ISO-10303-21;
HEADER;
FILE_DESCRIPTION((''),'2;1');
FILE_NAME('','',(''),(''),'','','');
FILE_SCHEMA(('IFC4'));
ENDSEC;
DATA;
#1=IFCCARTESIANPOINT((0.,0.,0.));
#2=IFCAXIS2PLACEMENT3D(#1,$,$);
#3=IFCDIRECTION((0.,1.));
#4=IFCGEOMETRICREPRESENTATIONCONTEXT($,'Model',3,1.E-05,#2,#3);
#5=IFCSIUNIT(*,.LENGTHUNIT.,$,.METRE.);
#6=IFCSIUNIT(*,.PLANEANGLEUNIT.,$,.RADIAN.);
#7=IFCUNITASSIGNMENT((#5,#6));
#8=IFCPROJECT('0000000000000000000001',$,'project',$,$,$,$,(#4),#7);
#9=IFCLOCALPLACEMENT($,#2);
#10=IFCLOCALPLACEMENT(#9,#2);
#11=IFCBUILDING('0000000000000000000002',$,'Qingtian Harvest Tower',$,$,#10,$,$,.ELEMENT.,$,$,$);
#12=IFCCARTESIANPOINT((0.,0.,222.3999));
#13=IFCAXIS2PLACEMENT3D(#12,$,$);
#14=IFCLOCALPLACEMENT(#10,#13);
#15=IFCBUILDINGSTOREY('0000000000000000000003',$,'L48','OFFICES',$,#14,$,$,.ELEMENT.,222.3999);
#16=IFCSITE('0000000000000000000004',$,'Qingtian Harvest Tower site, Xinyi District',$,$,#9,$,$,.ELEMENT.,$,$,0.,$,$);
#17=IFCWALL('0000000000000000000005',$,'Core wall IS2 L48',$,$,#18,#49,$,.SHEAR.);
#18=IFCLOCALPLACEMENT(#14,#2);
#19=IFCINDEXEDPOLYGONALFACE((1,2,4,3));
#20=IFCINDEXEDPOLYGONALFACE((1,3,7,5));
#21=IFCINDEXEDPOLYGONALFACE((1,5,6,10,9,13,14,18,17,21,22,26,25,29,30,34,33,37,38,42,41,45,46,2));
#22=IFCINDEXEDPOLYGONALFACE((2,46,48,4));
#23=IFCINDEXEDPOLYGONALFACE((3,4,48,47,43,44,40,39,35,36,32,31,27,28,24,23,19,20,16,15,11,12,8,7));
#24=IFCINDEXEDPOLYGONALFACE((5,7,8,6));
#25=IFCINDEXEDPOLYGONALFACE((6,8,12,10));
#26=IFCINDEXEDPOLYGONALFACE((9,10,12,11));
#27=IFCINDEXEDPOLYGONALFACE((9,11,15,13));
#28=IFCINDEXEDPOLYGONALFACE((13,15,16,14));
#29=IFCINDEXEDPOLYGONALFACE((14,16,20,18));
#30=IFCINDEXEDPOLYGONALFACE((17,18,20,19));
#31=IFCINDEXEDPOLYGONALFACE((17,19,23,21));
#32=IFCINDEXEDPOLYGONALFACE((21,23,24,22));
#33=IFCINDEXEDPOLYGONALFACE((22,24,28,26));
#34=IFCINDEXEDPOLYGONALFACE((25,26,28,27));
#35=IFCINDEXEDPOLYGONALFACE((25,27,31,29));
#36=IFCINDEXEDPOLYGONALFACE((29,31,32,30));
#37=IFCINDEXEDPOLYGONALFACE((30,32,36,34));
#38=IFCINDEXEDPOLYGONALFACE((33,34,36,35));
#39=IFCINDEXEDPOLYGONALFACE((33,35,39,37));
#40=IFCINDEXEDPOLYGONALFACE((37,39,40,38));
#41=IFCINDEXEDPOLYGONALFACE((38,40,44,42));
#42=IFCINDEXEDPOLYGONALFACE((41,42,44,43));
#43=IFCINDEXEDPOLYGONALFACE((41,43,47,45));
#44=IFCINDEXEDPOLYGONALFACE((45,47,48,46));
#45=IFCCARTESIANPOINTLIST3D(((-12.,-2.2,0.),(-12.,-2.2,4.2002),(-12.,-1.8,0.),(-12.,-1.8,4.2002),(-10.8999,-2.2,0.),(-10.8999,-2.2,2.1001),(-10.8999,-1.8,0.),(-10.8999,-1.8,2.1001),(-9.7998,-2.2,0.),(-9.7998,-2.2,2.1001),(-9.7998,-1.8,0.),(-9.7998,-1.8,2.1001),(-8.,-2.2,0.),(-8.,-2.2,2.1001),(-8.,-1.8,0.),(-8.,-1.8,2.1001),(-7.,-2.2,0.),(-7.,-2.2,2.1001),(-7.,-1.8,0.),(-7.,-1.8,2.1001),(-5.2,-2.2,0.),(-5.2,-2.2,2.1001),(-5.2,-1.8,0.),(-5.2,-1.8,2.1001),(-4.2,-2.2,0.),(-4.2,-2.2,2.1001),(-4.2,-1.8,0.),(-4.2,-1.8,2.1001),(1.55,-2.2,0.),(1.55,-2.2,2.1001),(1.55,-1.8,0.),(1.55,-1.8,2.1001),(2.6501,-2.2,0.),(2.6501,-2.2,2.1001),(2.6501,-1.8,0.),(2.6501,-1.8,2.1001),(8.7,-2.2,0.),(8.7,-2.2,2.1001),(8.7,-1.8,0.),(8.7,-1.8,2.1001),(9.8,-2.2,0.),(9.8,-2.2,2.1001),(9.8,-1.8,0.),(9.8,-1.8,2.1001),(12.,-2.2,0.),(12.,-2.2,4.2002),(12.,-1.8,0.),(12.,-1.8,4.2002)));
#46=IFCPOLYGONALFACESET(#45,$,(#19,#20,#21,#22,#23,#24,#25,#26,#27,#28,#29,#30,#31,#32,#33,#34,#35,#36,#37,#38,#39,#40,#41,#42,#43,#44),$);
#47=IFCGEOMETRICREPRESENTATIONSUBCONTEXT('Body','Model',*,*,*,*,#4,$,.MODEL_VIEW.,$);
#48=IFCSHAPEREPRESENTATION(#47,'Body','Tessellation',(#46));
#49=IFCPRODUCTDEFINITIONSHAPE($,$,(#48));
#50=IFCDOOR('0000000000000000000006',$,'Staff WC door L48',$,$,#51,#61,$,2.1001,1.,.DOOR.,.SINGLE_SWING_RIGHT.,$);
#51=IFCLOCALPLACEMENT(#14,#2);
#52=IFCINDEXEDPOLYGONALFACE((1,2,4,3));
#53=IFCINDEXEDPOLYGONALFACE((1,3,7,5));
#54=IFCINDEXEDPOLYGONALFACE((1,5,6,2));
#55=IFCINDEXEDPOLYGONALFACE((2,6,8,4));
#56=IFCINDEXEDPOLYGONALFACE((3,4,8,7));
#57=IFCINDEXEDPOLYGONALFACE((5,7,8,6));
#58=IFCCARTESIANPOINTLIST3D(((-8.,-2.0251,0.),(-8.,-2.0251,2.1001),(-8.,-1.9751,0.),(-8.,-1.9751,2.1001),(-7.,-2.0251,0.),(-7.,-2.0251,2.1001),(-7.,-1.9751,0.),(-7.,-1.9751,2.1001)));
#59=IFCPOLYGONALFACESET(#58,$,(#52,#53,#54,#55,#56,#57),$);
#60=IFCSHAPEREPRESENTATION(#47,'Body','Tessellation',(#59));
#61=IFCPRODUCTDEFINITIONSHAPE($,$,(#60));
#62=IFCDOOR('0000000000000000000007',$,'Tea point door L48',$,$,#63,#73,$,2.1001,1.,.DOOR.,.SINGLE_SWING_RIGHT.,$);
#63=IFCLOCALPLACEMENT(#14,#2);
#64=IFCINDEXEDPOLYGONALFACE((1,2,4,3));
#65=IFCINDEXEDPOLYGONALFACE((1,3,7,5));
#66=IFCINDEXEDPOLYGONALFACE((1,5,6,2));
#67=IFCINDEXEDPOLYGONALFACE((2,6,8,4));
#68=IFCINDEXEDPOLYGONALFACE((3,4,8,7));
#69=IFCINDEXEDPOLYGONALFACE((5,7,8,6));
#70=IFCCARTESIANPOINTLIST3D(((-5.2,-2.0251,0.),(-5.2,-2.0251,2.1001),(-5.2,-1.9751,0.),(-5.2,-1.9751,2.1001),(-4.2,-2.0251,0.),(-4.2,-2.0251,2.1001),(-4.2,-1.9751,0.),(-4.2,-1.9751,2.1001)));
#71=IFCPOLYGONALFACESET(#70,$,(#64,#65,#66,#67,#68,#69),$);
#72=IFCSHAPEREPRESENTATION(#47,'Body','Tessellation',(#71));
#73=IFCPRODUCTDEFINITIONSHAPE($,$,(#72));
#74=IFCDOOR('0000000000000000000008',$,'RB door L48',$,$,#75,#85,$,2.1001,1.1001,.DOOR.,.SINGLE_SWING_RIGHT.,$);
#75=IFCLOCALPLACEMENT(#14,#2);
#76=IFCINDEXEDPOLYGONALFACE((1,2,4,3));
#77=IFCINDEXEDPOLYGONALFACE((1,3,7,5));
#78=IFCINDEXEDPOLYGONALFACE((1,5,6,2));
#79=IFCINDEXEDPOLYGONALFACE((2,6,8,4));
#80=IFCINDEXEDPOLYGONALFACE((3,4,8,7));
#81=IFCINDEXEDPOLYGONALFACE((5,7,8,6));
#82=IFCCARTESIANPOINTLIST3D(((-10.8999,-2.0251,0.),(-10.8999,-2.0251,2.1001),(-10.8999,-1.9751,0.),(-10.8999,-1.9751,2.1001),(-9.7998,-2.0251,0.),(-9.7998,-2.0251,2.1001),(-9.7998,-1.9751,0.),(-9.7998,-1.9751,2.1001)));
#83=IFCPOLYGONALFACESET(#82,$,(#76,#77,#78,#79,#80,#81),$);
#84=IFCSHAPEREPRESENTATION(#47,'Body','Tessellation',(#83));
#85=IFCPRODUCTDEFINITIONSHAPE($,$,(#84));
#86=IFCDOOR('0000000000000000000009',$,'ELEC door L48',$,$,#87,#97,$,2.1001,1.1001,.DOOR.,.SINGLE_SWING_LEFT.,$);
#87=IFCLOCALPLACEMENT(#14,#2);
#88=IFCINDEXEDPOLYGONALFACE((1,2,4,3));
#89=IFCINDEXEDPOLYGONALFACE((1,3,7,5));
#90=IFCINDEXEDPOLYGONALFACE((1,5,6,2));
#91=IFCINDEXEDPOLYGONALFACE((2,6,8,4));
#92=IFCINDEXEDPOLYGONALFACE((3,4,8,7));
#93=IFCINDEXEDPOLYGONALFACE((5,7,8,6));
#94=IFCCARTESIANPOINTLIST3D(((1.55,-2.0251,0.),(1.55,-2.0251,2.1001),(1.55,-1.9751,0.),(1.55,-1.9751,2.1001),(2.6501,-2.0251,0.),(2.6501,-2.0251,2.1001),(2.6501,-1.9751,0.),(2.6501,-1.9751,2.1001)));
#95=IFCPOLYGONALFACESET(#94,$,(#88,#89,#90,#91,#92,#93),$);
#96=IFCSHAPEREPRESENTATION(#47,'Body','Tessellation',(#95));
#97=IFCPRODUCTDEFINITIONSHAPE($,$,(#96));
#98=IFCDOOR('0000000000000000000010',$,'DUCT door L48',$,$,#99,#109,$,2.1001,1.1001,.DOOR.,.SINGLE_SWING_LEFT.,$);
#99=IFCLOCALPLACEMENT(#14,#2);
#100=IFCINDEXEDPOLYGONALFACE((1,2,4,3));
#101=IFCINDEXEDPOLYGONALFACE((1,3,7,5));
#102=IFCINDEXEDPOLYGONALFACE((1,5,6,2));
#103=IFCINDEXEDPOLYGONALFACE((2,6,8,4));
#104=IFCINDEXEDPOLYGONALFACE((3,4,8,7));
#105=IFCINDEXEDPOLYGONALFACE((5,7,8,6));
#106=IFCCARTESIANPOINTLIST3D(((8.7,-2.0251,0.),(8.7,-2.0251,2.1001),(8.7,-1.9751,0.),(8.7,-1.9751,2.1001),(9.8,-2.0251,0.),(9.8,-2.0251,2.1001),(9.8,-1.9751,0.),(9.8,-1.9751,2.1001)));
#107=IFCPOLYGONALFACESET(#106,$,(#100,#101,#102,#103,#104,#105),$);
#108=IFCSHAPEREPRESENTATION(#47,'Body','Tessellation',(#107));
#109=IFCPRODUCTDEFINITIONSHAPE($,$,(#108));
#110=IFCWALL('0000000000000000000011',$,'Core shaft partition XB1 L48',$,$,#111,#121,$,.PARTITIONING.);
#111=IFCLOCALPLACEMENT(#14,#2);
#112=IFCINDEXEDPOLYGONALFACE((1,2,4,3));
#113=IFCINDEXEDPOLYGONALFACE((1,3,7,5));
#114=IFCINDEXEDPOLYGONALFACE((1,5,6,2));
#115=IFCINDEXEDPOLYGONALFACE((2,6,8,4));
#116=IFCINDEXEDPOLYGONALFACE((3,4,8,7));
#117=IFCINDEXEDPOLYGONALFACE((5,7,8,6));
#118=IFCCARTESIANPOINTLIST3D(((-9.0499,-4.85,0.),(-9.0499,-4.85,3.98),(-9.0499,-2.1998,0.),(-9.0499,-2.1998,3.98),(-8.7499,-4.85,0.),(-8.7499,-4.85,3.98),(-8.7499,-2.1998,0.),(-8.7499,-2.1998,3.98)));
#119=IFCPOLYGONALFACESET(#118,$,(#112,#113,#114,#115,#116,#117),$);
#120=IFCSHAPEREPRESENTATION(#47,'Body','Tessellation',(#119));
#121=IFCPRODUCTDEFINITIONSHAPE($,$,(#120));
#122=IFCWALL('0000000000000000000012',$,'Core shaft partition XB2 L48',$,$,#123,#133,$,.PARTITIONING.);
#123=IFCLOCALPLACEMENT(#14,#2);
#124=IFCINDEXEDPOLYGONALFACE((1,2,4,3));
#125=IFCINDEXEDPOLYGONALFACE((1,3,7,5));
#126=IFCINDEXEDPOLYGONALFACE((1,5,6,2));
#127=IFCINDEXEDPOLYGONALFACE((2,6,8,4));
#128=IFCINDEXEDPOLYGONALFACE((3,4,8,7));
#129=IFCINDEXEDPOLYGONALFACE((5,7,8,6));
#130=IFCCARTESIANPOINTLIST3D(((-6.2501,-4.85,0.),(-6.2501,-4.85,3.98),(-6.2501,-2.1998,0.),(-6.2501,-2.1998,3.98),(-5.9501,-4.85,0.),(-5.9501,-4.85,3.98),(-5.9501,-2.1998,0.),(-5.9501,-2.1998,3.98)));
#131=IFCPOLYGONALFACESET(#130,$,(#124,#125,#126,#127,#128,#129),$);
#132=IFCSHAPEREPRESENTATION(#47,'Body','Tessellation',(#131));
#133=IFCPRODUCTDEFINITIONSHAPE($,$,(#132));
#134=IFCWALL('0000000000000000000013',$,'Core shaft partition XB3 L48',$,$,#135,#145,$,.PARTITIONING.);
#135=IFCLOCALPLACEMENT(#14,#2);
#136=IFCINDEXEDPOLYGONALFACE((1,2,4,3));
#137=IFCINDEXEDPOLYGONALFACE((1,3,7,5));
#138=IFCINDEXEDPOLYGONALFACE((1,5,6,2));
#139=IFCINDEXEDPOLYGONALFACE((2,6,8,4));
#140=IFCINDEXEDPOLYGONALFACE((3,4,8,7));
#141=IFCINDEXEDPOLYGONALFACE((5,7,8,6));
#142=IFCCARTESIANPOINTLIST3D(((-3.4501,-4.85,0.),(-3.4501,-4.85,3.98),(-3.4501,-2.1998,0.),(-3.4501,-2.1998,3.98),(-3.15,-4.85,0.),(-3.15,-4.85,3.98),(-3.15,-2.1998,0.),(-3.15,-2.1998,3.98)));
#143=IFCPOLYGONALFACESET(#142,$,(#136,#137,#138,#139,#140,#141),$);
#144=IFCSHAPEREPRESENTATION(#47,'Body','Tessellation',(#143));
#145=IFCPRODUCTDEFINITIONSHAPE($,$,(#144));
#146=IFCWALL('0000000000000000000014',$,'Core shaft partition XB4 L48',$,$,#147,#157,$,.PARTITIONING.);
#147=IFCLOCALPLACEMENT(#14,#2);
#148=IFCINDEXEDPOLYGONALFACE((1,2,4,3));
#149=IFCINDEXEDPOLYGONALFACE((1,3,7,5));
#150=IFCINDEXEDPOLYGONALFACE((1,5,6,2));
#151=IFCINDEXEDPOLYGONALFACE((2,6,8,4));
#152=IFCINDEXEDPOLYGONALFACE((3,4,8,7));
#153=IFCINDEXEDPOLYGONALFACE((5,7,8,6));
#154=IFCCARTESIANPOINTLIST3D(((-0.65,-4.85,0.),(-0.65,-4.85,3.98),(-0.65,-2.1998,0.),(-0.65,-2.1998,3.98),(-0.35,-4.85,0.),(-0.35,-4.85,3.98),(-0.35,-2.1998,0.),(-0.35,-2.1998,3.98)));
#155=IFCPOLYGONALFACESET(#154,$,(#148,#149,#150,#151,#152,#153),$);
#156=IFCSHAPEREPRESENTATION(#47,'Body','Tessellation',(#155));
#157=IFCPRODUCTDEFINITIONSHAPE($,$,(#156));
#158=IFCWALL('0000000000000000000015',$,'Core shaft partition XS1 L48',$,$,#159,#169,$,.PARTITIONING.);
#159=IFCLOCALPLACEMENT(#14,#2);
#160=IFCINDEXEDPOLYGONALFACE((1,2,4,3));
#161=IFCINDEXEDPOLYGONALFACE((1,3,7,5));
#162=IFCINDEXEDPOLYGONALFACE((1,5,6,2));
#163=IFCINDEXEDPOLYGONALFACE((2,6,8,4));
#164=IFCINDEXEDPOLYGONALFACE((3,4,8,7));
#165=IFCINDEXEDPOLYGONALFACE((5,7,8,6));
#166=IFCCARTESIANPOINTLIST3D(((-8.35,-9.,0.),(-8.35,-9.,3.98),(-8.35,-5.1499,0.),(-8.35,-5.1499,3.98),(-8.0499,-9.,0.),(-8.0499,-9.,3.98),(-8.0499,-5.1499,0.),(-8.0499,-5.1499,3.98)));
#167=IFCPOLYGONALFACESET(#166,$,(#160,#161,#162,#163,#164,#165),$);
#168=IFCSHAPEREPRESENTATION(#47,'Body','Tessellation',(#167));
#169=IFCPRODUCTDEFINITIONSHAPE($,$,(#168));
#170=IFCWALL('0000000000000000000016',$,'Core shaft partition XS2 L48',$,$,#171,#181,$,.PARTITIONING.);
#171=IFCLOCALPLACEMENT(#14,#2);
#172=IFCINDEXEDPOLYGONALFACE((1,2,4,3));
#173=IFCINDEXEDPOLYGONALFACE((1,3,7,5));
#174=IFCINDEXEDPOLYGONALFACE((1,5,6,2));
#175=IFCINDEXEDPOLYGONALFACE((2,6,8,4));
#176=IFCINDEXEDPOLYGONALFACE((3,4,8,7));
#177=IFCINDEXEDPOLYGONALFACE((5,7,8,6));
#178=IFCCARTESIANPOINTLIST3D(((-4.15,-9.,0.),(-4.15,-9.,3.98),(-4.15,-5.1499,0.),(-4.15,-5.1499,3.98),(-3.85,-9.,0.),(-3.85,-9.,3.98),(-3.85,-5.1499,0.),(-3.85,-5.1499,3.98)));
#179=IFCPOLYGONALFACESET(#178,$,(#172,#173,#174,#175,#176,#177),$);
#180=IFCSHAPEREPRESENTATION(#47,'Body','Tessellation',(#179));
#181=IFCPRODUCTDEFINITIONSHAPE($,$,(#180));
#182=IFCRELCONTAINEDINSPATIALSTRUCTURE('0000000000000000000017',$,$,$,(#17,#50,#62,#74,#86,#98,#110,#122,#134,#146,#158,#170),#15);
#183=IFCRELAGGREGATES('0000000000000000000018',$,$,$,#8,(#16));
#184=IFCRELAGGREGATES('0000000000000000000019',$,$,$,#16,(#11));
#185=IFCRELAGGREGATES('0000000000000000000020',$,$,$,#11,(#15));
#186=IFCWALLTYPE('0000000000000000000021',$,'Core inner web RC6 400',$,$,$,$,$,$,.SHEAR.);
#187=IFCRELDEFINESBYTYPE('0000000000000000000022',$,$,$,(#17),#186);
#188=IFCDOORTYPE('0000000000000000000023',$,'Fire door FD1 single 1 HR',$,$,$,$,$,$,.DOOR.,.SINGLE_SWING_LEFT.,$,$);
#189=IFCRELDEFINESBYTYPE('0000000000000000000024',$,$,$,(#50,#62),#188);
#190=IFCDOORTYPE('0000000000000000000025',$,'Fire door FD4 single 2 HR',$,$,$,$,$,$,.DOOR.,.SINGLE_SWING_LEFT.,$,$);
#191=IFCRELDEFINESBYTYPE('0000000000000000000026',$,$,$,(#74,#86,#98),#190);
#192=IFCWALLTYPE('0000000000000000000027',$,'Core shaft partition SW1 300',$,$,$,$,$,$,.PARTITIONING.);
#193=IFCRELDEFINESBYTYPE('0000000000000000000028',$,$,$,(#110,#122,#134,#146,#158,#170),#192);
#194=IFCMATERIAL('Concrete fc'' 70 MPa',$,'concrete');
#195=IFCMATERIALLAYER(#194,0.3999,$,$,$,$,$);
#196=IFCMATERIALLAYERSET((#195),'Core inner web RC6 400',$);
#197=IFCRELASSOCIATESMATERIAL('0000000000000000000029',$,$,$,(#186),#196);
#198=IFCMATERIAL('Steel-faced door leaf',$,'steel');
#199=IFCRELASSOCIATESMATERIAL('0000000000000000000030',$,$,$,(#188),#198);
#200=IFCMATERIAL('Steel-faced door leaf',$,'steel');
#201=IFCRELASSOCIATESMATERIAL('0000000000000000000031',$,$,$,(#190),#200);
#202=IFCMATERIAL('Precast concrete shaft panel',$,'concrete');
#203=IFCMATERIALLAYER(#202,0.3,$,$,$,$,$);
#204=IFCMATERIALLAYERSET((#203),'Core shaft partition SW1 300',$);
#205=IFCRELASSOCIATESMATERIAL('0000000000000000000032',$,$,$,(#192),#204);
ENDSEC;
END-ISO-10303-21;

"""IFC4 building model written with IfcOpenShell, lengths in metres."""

from ifc_helpers import new_model, si_unit, direction, frame, frame_2d, origin, place, context, subcontext, project, spatial, rectangle, extrude, material, layer, layer_set, type_object, element, fill, save


model = new_model("IFC4")

# Units and contexts
model_context = context("Model", 3, precision=1e-05, world=origin(), true_north=direction((0.0, 1.0)))
body_context = subcontext(model_context, "Body", "Model", "MODEL_VIEW")
ifc_project = project(units=[si_unit("LENGTHUNIT", "METRE"), si_unit("PLANEANGLEUNIT", "RADIAN")], contexts=[model_context])

# Site, building, storey
site_placement = place(None, origin())
site = spatial("IfcSite", under=ifc_project, at=site_placement, Name="Qingtian Harvest Tower site, Xinyi District", CompositionType="ELEMENT", RefElevation=0.0)
building_placement = place(site_placement, origin())
building = spatial("IfcBuilding", under=site, at=building_placement, Name="Qingtian Harvest Tower", CompositionType="ELEMENT")
storey_placement = place(building_placement, frame((0.0, 0.0, 222.3999)))
storey = spatial("IfcBuildingStorey", under=building, at=storey_placement, Name="L48", Description="OFFICES", CompositionType="ELEMENT", Elevation=222.3999)

# Wall, openings, doors
ifc_material_1 = material(Name="Concrete fc' 70 MPa", Category="concrete")
ifc_layer_1 = layer(ifc_material_1, 0.3999)
ifc_layer_set_1 = layer_set([ifc_layer_1], Name="Core inner web RC6 400")
wall_type_1 = type_object("IfcWallType", Name="Core inner web RC6 400", PredefinedType="SHEAR", material=ifc_layer_set_1)
wall_1_placement = place(storey_placement, frame((-12.0, -2.0, 0.0), z_axis=(0.0, 0.0, 1.0), x_axis=(1.0, 0.0, 0.0)))
wall_1 = element("IfcWall", 1, at=wall_1_placement, inside=storey, type_object=wall_type_1, Name="Core wall IS2 L48", PredefinedType="SHEAR", context=body_context, shape_type="SweptSolid", body=[
    extrude(rectangle(XDim=24.0, YDim=0.3999, at=frame_2d((12.0, 0.0))), origin(), (0.0, 0.0, 1.0), 4.2002),
])
opening_1_placement = place(wall_1_placement, frame((1.1001, 0.0, 0.0)))
opening_1 = element("IfcOpeningElement", 2, at=opening_1_placement, cuts=wall_1, PredefinedType="OPENING", context=body_context, shape_type="SweptSolid", body=[
    extrude(rectangle(XDim=1.1001, YDim=2.1001, at=frame_2d((0.55, 1.05))), frame((0.0, 0.21, 0.0), z_axis=(0.0, -1.0, 0.0), x_axis=(1.0, 0.0, 0.0)), (0.0, 0.0, 1.0), 0.4199),
])
opening_2_placement = place(wall_1_placement, frame((13.55, 0.0, 0.0)))
opening_2 = element("IfcOpeningElement", 3, at=opening_2_placement, cuts=wall_1, PredefinedType="OPENING", context=body_context, shape_type="SweptSolid", body=[
    extrude(rectangle(XDim=1.1001, YDim=2.1001, at=frame_2d((0.55, 1.05))), frame((0.0, 0.21, 0.0), z_axis=(0.0, -1.0, 0.0), x_axis=(1.0, 0.0, 0.0)), (0.0, 0.0, 1.0), 0.4199),
])
opening_3_placement = place(wall_1_placement, frame((20.7, 0.0, 0.0)))
opening_3 = element("IfcOpeningElement", 4, at=opening_3_placement, cuts=wall_1, PredefinedType="OPENING", context=body_context, shape_type="SweptSolid", body=[
    extrude(rectangle(XDim=1.1001, YDim=2.1001, at=frame_2d((0.55, 1.05))), frame((0.0, 0.21, 0.0), z_axis=(0.0, -1.0, 0.0), x_axis=(1.0, 0.0, 0.0)), (0.0, 0.0, 1.0), 0.4199),
])
opening_4_placement = place(wall_1_placement, frame((4.0, 0.0, 0.0)))
opening_4 = element("IfcOpeningElement", 5, at=opening_4_placement, cuts=wall_1, PredefinedType="OPENING", context=body_context, shape_type="SweptSolid", body=[
    extrude(rectangle(XDim=1.0, YDim=2.1001, at=frame_2d((0.5, 1.05))), frame((0.0, 0.21, 0.0), z_axis=(0.0, -1.0, 0.0), x_axis=(1.0, 0.0, 0.0)), (0.0, 0.0, 1.0), 0.4199),
])
opening_5_placement = place(wall_1_placement, frame((6.8, 0.0, 0.0)))
opening_5 = element("IfcOpeningElement", 6, at=opening_5_placement, cuts=wall_1, PredefinedType="OPENING", context=body_context, shape_type="SweptSolid", body=[
    extrude(rectangle(XDim=1.0, YDim=2.1001, at=frame_2d((0.5, 1.05))), frame((0.0, 0.21, 0.0), z_axis=(0.0, -1.0, 0.0), x_axis=(1.0, 0.0, 0.0)), (0.0, 0.0, 1.0), 0.4199),
])
ifc_material_2 = material(Name="Steel-faced door leaf", Category="steel")
door_type_1 = type_object("IfcDoorType", Name="Fire door FD1 single 1 HR", OperationType="SINGLE_SWING_LEFT", PredefinedType="DOOR", material=ifc_material_2)
door_1_placement = place(opening_4_placement, origin())
door_1 = element("IfcDoor", 7, at=door_1_placement, inside=storey, type_object=door_type_1, Name="Staff WC door L48", OperationType="SINGLE_SWING_RIGHT", OverallHeight=2.1001, OverallWidth=1.0, PredefinedType="DOOR", context=body_context, shape_type="SweptSolid", body=[
    extrude(rectangle(XDim=1.0, YDim=2.1001, at=frame_2d((0.5, 1.05))), frame((0.0, 0.0249, 0.0), z_axis=(0.0, -1.0, 0.0), x_axis=(1.0, 0.0, 0.0)), (0.0, 0.0, 1.0), 0.05),
])
fill(opening_4, door_1)
door_2_placement = place(opening_5_placement, origin())
door_2 = element("IfcDoor", 8, at=door_2_placement, inside=storey, type_object=door_type_1, Name="Tea point door L48", OperationType="SINGLE_SWING_RIGHT", OverallHeight=2.1001, OverallWidth=1.0, PredefinedType="DOOR", context=body_context, shape_type="SweptSolid", body=[
    extrude(rectangle(XDim=1.0, YDim=2.1001, at=frame_2d((0.5, 1.05))), frame((0.0, 0.0249, 0.0), z_axis=(0.0, -1.0, 0.0), x_axis=(1.0, 0.0, 0.0)), (0.0, 0.0, 1.0), 0.05),
])
fill(opening_5, door_2)
ifc_material_3 = material(Name="Steel-faced door leaf", Category="steel")
door_type_2 = type_object("IfcDoorType", Name="Fire door FD4 single 2 HR", OperationType="SINGLE_SWING_LEFT", PredefinedType="DOOR", material=ifc_material_3)
door_3_placement = place(opening_1_placement, origin())
door_3 = element("IfcDoor", 9, at=door_3_placement, inside=storey, type_object=door_type_2, Name="RB door L48", OperationType="SINGLE_SWING_RIGHT", OverallHeight=2.1001, OverallWidth=1.1001, PredefinedType="DOOR", context=body_context, shape_type="SweptSolid", body=[
    extrude(rectangle(XDim=1.1001, YDim=2.1001, at=frame_2d((0.55, 1.05))), frame((0.0, 0.0249, 0.0), z_axis=(0.0, -1.0, 0.0), x_axis=(1.0, 0.0, 0.0)), (0.0, 0.0, 1.0), 0.05),
])
fill(opening_1, door_3)
door_4_placement = place(opening_2_placement, origin())
door_4 = element("IfcDoor", 10, at=door_4_placement, inside=storey, type_object=door_type_2, Name="ELEC door L48", OperationType="SINGLE_SWING_LEFT", OverallHeight=2.1001, OverallWidth=1.1001, PredefinedType="DOOR", context=body_context, shape_type="SweptSolid", body=[
    extrude(rectangle(XDim=1.1001, YDim=2.1001, at=frame_2d((0.55, 1.05))), frame((0.0, 0.0249, 0.0), z_axis=(0.0, -1.0, 0.0), x_axis=(1.0, 0.0, 0.0)), (0.0, 0.0, 1.0), 0.05),
])
fill(opening_2, door_4)
door_5_placement = place(opening_3_placement, origin())
door_5 = element("IfcDoor", 11, at=door_5_placement, inside=storey, type_object=door_type_2, Name="DUCT door L48", OperationType="SINGLE_SWING_LEFT", OverallHeight=2.1001, OverallWidth=1.1001, PredefinedType="DOOR", context=body_context, shape_type="SweptSolid", body=[
    extrude(rectangle(XDim=1.1001, YDim=2.1001, at=frame_2d((0.55, 1.05))), frame((0.0, 0.0249, 0.0), z_axis=(0.0, -1.0, 0.0), x_axis=(1.0, 0.0, 0.0)), (0.0, 0.0, 1.0), 0.05),
])
fill(opening_3, door_5)

# Walls
ifc_material_4 = material(Name="Precast concrete shaft panel", Category="concrete")
ifc_layer_2 = layer(ifc_material_4, 0.3)
ifc_layer_set_2 = layer_set([ifc_layer_2], Name="Core shaft partition SW1 300")
wall_type_2 = type_object("IfcWallType", Name="Core shaft partition SW1 300", PredefinedType="PARTITIONING", material=ifc_layer_set_2)
for number, where, z_axis, x_axis, name in (
    (12, (-8.8999, -4.8501, 0.0), (0.0, 0.0, 1.0), (0.0, 1.0, 0.0), "Core shaft partition XB1 L48"),
    (13, (-6.1001, -4.8501, 0.0), (0.0, 0.0, 1.0), (0.0, 1.0, 0.0), "Core shaft partition XB2 L48"),
    (14, (-3.3, -4.8501, 0.0), (0.0, 0.0, 1.0), (0.0, 1.0, 0.0), "Core shaft partition XB3 L48"),
    (15, (-0.5, -4.8501, 0.0), (0.0, 0.0, 1.0), (0.0, 1.0, 0.0), "Core shaft partition XB4 L48"),
):
    element("IfcWall", number, at=place(storey_placement, frame(where, z_axis=z_axis, x_axis=x_axis)), inside=storey, type_object=wall_type_2, Name=name, PredefinedType="PARTITIONING", context=body_context, shape_type="SweptSolid", body=[
        extrude(rectangle(XDim=2.6501, YDim=0.3, at=frame_2d((1.3252, 0.0))), origin(), (0.0, 0.0, 1.0), 3.98),
    ])
for number, where, z_axis, x_axis, name in (
    (16, (-8.2, -9.0, 0.0), (0.0, 0.0, 1.0), (0.0, 1.0, 0.0), "Core shaft partition XS1 L48"),
    (17, (-4.0, -9.0, 0.0), (0.0, 0.0, 1.0), (0.0, 1.0, 0.0), "Core shaft partition XS2 L48"),
):
    element("IfcWall", number, at=place(storey_placement, frame(where, z_axis=z_axis, x_axis=x_axis)), inside=storey, type_object=wall_type_2, Name=name, PredefinedType="PARTITIONING", context=body_context, shape_type="SweptSolid", body=[
        extrude(rectangle(XDim=3.8501, YDim=0.3, at=frame_2d((1.925, 0.0))), origin(), (0.0, 0.0, 1.0), 3.98),
    ])

save(model, "model.ifc")
